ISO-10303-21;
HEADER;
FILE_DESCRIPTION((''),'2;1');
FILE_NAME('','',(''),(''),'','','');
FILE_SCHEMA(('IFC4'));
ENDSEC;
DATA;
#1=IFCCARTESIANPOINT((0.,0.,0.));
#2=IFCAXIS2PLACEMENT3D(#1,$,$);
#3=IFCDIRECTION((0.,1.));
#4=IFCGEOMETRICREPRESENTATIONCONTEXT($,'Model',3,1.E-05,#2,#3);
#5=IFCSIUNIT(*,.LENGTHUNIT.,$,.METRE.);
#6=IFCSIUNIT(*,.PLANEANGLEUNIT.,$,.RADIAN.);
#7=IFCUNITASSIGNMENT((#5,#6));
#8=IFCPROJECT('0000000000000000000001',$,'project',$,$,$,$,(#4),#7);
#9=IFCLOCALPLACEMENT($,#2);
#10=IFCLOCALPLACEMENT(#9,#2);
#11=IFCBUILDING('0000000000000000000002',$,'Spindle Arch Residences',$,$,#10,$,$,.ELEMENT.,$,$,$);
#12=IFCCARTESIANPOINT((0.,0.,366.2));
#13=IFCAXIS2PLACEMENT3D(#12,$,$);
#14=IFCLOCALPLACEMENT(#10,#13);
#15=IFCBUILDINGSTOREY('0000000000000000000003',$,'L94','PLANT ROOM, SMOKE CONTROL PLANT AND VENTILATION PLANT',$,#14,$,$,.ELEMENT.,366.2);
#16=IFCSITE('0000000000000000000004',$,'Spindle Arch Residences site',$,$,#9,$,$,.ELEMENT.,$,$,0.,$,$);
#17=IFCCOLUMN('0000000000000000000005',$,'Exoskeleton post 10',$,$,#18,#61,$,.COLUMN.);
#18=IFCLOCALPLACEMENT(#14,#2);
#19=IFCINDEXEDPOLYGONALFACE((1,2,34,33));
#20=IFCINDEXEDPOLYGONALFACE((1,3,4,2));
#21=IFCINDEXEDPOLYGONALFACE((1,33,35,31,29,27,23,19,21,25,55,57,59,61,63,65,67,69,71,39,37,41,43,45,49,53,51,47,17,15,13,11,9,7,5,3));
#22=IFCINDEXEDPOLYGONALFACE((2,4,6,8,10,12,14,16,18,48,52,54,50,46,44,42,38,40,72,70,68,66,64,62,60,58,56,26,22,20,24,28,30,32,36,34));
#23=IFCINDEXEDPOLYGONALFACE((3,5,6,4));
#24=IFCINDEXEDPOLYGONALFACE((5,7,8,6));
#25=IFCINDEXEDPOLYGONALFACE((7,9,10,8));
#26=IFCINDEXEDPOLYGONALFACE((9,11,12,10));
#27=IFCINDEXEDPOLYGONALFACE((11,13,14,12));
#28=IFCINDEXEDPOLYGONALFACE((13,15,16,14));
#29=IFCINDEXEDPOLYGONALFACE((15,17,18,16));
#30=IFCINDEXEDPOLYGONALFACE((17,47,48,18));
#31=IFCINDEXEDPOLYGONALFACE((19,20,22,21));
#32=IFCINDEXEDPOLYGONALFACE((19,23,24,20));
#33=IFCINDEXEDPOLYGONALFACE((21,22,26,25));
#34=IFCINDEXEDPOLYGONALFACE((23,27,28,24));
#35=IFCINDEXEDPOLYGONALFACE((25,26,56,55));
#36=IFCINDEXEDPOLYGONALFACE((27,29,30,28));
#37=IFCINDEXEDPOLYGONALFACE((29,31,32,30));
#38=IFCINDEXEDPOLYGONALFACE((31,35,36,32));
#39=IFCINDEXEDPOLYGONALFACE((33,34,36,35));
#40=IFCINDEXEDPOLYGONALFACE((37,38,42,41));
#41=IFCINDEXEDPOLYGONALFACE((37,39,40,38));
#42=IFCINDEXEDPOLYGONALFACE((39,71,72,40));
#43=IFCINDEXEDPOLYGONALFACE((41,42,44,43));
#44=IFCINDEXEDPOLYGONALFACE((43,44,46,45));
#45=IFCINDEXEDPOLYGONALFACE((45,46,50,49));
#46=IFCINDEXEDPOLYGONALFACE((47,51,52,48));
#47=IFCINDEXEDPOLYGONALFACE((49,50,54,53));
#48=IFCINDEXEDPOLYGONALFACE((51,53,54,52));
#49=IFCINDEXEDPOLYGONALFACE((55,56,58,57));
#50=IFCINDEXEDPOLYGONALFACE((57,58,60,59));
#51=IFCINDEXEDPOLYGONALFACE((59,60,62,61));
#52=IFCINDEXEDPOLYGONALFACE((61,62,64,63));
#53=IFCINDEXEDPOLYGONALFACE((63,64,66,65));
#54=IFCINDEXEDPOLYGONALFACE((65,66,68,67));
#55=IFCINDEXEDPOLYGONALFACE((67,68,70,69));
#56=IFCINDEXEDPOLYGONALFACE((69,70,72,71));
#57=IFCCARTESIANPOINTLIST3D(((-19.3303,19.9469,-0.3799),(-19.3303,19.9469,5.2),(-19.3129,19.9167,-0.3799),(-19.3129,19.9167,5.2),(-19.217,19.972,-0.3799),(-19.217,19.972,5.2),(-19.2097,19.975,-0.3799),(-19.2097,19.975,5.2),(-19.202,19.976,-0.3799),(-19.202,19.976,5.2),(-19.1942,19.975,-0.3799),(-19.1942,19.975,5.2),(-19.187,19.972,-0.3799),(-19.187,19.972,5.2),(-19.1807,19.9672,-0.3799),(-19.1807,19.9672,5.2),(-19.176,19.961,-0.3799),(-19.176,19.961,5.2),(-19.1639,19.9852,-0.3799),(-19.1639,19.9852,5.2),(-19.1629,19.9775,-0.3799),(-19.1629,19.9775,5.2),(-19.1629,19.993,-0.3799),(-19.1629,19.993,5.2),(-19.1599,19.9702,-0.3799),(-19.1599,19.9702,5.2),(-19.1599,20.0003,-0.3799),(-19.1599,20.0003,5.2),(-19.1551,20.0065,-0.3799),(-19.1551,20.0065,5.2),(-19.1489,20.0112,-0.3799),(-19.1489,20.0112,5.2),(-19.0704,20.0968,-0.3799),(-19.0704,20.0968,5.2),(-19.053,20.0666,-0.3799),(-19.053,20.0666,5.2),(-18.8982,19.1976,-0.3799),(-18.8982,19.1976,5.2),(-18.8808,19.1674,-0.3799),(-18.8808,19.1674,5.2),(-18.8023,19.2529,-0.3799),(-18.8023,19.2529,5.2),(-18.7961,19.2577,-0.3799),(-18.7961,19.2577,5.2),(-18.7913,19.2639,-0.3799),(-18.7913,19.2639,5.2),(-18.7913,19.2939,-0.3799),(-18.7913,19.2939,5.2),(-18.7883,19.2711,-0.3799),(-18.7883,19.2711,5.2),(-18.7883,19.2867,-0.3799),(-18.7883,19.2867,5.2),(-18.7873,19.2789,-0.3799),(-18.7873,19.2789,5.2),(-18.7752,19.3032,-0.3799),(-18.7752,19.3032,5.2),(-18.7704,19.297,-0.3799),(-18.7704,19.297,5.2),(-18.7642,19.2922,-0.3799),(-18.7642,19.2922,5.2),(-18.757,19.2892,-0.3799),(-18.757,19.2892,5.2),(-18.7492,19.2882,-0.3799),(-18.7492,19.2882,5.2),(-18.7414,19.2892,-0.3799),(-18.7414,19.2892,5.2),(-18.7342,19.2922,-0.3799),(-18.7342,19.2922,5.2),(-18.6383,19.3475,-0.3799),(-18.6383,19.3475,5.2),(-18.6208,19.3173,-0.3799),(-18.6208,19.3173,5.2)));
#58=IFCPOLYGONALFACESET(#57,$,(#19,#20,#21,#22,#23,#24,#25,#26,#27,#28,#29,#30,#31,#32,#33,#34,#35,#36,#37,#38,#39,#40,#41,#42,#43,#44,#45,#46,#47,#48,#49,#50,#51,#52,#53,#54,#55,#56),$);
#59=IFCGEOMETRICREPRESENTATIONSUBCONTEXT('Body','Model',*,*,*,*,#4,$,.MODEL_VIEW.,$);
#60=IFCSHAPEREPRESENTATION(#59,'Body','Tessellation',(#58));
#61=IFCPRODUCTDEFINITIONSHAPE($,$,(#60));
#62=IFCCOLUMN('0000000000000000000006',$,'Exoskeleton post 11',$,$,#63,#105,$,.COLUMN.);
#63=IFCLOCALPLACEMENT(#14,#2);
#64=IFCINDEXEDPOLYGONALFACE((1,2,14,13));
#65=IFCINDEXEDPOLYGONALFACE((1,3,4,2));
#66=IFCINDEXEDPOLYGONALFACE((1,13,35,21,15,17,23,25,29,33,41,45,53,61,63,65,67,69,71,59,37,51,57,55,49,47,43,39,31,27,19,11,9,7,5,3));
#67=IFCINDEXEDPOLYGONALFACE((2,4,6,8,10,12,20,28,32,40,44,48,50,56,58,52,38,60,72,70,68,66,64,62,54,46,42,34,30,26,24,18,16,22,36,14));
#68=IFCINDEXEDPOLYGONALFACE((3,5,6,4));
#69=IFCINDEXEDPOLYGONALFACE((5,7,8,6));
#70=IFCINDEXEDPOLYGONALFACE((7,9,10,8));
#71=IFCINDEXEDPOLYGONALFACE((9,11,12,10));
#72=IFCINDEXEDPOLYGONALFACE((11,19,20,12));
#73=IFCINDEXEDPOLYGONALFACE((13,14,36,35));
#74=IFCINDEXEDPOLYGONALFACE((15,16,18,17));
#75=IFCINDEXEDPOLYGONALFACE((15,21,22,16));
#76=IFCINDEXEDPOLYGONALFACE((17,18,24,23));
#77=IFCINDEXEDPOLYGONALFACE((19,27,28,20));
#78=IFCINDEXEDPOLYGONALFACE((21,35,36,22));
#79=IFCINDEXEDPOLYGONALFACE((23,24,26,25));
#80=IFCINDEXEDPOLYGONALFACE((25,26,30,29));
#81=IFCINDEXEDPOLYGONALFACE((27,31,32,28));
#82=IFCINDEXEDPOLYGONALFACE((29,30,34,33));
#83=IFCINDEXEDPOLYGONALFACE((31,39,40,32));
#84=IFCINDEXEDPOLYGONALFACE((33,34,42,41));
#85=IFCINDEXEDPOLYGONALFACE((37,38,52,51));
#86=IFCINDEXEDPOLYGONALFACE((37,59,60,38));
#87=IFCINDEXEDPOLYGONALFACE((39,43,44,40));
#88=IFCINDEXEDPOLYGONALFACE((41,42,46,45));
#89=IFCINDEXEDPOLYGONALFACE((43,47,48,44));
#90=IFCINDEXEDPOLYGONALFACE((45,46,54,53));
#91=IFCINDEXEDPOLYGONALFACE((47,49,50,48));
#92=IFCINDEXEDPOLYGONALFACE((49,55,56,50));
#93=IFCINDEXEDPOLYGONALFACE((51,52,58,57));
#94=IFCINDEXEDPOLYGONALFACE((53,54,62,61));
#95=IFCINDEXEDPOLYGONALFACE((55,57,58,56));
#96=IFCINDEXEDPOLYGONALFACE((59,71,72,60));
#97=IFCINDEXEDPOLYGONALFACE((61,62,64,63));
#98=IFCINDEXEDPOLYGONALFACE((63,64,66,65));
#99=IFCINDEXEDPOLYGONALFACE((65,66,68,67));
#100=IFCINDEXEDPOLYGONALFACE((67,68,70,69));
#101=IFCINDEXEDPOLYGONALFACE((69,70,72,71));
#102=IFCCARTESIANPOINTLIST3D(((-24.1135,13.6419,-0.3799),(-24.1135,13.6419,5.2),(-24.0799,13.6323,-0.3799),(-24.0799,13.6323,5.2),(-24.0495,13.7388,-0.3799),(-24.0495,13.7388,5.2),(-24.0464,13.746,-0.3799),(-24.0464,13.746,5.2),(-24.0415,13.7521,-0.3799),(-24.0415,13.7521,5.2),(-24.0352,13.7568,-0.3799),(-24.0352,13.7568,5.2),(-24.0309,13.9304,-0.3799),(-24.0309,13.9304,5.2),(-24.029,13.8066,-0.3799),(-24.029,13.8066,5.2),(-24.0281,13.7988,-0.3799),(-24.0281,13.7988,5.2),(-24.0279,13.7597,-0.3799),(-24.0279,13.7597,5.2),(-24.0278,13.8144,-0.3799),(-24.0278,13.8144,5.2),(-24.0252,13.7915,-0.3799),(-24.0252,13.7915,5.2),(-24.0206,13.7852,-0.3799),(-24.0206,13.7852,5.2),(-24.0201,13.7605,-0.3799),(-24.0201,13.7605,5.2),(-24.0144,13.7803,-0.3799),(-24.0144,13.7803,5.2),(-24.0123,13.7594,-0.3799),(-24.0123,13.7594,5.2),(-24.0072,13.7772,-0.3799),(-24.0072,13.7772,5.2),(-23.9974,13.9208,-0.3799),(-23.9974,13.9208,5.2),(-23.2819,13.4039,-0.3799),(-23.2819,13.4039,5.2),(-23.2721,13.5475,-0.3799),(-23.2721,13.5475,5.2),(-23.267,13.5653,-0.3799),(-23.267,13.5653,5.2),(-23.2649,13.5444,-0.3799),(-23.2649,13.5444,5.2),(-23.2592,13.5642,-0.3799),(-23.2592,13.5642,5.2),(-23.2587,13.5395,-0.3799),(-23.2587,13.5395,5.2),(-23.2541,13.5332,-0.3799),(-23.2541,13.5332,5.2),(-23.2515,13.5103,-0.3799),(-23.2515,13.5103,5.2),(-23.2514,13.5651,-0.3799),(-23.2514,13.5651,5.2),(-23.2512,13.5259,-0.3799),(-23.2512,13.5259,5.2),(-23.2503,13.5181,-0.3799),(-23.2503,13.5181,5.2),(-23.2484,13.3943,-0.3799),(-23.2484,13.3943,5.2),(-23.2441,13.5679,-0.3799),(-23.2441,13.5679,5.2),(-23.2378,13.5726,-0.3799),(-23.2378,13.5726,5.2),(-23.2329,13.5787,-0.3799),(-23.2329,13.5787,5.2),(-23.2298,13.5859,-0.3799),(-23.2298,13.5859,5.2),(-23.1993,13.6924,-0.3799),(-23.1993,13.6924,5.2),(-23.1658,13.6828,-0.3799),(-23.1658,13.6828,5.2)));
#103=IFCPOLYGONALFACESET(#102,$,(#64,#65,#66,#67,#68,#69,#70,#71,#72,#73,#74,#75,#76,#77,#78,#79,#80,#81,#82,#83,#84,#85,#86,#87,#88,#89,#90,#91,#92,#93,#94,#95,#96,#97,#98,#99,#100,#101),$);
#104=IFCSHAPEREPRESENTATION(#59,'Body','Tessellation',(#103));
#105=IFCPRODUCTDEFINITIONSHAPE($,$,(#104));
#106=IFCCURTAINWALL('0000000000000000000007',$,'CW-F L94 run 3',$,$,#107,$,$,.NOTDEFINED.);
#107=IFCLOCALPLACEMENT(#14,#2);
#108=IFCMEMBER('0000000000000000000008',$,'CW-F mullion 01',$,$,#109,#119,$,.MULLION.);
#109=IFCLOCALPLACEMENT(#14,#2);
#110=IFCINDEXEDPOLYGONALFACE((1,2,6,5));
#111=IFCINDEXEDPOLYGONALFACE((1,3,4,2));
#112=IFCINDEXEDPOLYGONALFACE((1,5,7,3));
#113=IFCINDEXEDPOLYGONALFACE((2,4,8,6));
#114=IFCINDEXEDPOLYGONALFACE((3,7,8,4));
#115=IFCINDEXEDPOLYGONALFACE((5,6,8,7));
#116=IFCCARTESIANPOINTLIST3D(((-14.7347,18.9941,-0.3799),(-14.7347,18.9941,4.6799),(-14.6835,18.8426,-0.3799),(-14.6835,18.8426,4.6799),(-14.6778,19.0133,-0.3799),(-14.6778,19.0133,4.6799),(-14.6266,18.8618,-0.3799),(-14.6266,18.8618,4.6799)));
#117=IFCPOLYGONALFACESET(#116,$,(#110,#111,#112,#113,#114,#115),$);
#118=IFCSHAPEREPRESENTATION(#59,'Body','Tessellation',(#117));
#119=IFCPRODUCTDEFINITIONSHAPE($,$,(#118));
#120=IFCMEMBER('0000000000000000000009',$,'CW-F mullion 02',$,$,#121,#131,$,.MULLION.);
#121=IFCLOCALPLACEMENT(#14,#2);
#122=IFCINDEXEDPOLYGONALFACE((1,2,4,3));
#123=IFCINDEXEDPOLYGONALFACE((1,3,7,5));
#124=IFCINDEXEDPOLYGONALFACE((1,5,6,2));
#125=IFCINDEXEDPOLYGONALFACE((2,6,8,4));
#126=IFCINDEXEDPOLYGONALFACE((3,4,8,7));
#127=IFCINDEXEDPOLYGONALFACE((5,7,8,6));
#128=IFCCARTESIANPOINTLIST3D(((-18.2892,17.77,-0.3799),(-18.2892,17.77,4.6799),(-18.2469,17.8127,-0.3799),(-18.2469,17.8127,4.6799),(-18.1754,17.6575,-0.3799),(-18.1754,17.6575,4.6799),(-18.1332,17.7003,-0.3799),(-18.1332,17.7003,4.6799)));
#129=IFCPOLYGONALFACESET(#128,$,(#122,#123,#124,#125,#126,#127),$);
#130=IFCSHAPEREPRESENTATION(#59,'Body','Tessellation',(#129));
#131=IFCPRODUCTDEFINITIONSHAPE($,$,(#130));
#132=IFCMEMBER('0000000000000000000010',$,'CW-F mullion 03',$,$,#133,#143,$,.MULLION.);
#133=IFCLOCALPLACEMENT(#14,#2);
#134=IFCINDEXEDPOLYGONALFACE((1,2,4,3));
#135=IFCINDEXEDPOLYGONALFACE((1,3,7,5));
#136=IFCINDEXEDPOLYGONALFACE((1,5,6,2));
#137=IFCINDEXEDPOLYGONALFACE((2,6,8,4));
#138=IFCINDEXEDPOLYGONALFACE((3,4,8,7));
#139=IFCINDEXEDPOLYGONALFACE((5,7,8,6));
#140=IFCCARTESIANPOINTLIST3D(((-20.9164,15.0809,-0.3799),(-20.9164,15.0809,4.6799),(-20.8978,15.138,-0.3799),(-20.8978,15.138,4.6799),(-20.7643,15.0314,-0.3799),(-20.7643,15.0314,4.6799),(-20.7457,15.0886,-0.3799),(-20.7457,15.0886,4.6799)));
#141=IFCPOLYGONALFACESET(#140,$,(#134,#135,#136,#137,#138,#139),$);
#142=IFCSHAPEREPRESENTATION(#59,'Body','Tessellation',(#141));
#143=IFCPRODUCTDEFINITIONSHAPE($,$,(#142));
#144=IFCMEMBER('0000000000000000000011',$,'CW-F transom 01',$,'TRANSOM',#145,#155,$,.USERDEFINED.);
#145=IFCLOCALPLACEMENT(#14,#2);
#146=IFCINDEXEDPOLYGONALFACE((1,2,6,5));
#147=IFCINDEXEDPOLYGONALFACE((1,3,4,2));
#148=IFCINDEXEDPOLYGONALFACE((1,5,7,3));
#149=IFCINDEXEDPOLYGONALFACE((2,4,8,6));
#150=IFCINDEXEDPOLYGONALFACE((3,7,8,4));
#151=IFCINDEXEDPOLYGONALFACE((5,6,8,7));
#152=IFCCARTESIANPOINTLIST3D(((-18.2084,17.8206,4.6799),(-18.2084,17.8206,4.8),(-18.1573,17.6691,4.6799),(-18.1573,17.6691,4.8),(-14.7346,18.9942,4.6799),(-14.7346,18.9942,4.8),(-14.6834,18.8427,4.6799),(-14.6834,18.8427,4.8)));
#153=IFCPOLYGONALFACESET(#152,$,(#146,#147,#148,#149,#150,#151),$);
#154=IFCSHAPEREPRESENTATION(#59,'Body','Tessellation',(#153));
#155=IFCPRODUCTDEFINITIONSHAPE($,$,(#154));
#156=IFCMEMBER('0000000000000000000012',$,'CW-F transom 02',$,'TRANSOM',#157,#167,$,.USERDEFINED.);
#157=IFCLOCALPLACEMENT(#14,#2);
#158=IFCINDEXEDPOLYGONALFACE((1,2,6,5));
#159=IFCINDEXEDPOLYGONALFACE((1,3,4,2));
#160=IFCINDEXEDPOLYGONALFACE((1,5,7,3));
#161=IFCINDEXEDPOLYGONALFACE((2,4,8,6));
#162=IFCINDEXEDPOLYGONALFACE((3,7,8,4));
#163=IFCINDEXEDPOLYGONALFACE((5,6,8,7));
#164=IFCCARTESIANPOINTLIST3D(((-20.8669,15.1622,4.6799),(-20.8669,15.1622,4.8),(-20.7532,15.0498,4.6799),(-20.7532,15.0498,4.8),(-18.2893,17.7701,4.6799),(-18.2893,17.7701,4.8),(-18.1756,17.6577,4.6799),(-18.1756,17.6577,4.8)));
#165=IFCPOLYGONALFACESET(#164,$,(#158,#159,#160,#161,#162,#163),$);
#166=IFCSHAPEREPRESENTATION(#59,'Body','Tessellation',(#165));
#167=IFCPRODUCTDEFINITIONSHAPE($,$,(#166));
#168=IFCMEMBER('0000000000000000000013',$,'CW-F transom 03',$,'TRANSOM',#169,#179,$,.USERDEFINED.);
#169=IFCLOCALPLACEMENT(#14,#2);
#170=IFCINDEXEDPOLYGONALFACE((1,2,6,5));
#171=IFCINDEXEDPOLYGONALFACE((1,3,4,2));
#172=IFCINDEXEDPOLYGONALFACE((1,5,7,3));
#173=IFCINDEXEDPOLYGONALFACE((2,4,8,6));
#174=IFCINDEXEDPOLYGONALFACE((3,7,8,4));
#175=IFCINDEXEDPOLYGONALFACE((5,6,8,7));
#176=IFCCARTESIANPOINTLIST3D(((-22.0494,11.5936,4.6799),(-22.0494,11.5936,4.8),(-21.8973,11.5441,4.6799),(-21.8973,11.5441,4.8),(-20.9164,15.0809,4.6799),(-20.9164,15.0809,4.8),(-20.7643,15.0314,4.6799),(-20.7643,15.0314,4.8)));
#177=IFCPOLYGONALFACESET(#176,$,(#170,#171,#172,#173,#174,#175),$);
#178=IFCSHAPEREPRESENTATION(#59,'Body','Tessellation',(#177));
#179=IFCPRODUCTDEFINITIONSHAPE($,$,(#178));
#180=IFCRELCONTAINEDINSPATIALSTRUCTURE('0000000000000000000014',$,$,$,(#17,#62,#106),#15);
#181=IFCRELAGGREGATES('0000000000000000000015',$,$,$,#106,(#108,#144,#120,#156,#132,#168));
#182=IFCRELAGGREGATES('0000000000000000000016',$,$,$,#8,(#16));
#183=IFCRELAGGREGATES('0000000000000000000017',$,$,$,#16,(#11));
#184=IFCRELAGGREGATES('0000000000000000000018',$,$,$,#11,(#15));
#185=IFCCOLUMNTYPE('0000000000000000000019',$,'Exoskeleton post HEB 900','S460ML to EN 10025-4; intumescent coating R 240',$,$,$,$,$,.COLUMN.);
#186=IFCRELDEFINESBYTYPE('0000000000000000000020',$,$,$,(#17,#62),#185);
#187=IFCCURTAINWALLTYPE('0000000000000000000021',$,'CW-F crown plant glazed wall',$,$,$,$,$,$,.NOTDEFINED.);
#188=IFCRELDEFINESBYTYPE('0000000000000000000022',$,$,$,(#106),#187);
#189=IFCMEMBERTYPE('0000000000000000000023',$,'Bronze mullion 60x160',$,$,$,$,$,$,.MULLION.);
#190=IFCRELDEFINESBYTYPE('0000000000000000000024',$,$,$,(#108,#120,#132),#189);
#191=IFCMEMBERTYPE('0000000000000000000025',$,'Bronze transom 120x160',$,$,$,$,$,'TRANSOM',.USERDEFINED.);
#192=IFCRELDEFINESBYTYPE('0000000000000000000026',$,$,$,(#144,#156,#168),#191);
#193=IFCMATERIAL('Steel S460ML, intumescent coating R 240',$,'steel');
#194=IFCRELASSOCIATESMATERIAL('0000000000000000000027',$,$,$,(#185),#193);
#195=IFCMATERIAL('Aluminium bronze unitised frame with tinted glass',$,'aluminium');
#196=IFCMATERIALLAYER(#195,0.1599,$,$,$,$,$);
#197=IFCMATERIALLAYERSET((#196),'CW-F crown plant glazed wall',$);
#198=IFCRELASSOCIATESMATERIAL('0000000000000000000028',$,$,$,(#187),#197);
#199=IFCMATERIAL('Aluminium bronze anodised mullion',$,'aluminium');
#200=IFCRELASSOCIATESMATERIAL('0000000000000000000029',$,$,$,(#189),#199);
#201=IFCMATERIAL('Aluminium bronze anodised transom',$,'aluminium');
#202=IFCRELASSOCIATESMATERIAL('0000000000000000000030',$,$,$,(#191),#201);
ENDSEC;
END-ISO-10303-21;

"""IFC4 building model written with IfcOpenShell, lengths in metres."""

from ifc_helpers import new_model, si_unit, direction, frame, origin, origin_2d, place, context, subcontext, project, spatial, rectangle, i_section, extrude, material, layer, layer_set, material_profile, profile_set, type_object, element, aggregate, save


model = new_model("IFC4")

# Units and contexts
model_context = context("Model", 3, precision=1e-05, world=origin(), true_north=direction((0.0, 1.0)))
body_context = subcontext(model_context, "Body", "Model", "MODEL_VIEW")
ifc_project = project(units=[si_unit("LENGTHUNIT", "METRE"), si_unit("PLANEANGLEUNIT", "RADIAN")], contexts=[model_context])

# Site, building, storey
site_placement = place(None, origin())
site = spatial("IfcSite", under=ifc_project, at=site_placement, Name="Spindle Arch Residences site", CompositionType="ELEMENT", RefElevation=0.0)
building_placement = place(site_placement, origin())
building = spatial("IfcBuilding", under=site, at=building_placement, Name="Spindle Arch Residences", CompositionType="ELEMENT")
storey_placement = place(building_placement, frame((0.0, 0.0, 366.2)))
storey = spatial("IfcBuildingStorey", under=building, at=storey_placement, Name="L94", Description="PLANT ROOM, SMOKE CONTROL PLANT AND VENTILATION PLANT", CompositionType="ELEMENT", Elevation=366.2)

# Columns
ifc_material_1 = material(Name="Steel S460ML, intumescent coating R 240", Category="steel")
ifc_material_profile_1 = material_profile(ifc_material_1, i_section(OverallWidth=0.3, OverallDepth=0.8999, WebThickness=0.0186, FlangeThickness=0.0349, FilletRadius=0.03, at=origin_2d()), Name="HEB 900")
ifc_profile_set_1 = profile_set([ifc_material_profile_1], Name="Steel S460ML, intumescent coating R 240")
column_type = type_object("IfcColumnType", Name="Exoskeleton post HEB 900", Description="S460ML to EN 10025-4; intumescent coating R 240", PredefinedType="COLUMN", material=ifc_profile_set_1)
for number, where, z_axis, x_axis, name in (
    (1, (-18.9756, 19.6321, -0.3799), (0.0, 0.0, 1.0), (0.866257, 0.499599, 0.0), "Exoskeleton post 10"),
    (2, (-23.6396, 13.6624, -0.3799), (0.0, 0.0, 1.0), (0.275193, 0.961389, 0.0), "Exoskeleton post 11"),
):
    element("IfcColumn", number, at=place(storey_placement, frame(where, z_axis=z_axis, x_axis=x_axis)), inside=storey, type_object=column_type, Name=name, PredefinedType="COLUMN", context=body_context, shape_type="SweptSolid", body=[
        extrude(i_section(OverallWidth=0.3, OverallDepth=0.8999, WebThickness=0.0186, FlangeThickness=0.0349, FilletRadius=0.03, at=origin_2d()), origin(), (0.0, 0.0, 1.0), 5.5798),
    ])

# Curtain wall, members
ifc_material_2 = material(Name="Aluminium bronze unitised frame with tinted glass", Category="aluminium")
ifc_layer_1 = layer(ifc_material_2, 0.1599)
ifc_layer_set_1 = layer_set([ifc_layer_1], Name="CW-F crown plant glazed wall")
curtain_wall_type = type_object("IfcCurtainWallType", Name="CW-F crown plant glazed wall", PredefinedType="NOTDEFINED", material=ifc_layer_set_1)
curtain_wall_placement = place(storey_placement, origin())
curtain_wall = element("IfcCurtainWall", 3, at=curtain_wall_placement, inside=storey, type_object=curtain_wall_type, Name="CW-F L94 run 3", PredefinedType="NOTDEFINED")
ifc_material_3 = material(Name="Aluminium bronze anodised mullion", Category="aluminium")
ifc_material_profile_2 = material_profile(ifc_material_3, rectangle(XDim=0.1599, YDim=0.0601, at=origin_2d()), Name="MU 60x160")
ifc_profile_set_2 = profile_set([ifc_material_profile_2], Name="Aluminium bronze anodised mullion")
member_type_1 = type_object("IfcMemberType", Name="Bronze mullion 60x160", PredefinedType="MULLION", material=ifc_profile_set_2)
member_1_placement = place(storey_placement, frame((-14.6807, 18.928, -0.3799), z_axis=(0.0, 0.0, 1.0), x_axis=(0.320062, -0.947397, 0.0)))
member_1 = element("IfcMember", 4, at=member_1_placement, type_object=member_type_1, Name="CW-F mullion 01", PredefinedType="MULLION", context=body_context, shape_type="SweptSolid", body=[
    extrude(rectangle(XDim=0.1599, YDim=0.0601, at=origin_2d()), origin(), (0.0, 0.0, 1.0), 5.0598),
])
member_2_placement = place(storey_placement, frame((-18.2112, 17.7351, -0.3799), z_axis=(0.0, 0.0, 1.0), x_axis=(0.711209, -0.702981, 0.0)))
member_2 = element("IfcMember", 5, at=member_2_placement, type_object=member_type_1, Name="CW-F mullion 02", PredefinedType="MULLION", context=body_context, shape_type="SweptSolid", body=[
    extrude(rectangle(XDim=0.1599, YDim=0.0601, at=origin_2d()), origin(), (0.0, 0.0, 1.0), 5.0598),
])
member_3_placement = place(storey_placement, frame((-20.8311, 15.0847, -0.3799), z_axis=(0.0, 0.0, 1.0), x_axis=(0.951057, -0.309017, 0.0)))
member_3 = element("IfcMember", 6, at=member_3_placement, type_object=member_type_1, Name="CW-F mullion 03", PredefinedType="MULLION", context=body_context, shape_type="SweptSolid", body=[
    extrude(rectangle(XDim=0.1599, YDim=0.0601, at=origin_2d()), origin(), (0.0, 0.0, 1.0), 5.0598),
])
ifc_material_4 = material(Name="Aluminium bronze anodised transom", Category="aluminium")
ifc_material_profile_3 = material_profile(ifc_material_4, rectangle(XDim=0.1599, YDim=0.1201, at=origin_2d()), Name="TR 120x160")
ifc_profile_set_3 = profile_set([ifc_material_profile_3], Name="Aluminium bronze anodised transom")
member_type_2 = type_object("IfcMemberType", Name="Bronze transom 120x160", ElementType="TRANSOM", PredefinedType="USERDEFINED", material=ifc_profile_set_3)
member_4_placement = place(storey_placement, frame((-14.709, 18.9185, 4.74), z_axis=(-0.947397, -0.32006, 0.0), x_axis=(0.32006, -0.947397, 0.0)))
member_4 = element("IfcMember", 7, at=member_4_placement, type_object=member_type_2, Name="CW-F transom 01", ObjectType="TRANSOM", PredefinedType="USERDEFINED", context=body_context, shape_type="SweptSolid", body=[
    extrude(rectangle(XDim=0.1599, YDim=0.1201, at=origin_2d()), origin(), (0.0, 0.0, 1.0), 3.6667),
])
member_5_placement = place(storey_placement, frame((-18.2324, 17.7139, 4.74), z_axis=(-0.702967, -0.711223, 0.0), x_axis=(0.711223, -0.702967, 0.0)))
member_5 = element("IfcMember", 8, at=member_5_placement, type_object=member_type_2, Name="CW-F transom 02", ObjectType="TRANSOM", PredefinedType="USERDEFINED", context=body_context, shape_type="SweptSolid", body=[
    extrude(rectangle(XDim=0.1599, YDim=0.1201, at=origin_2d()), origin(), (0.0, 0.0, 1.0), 3.6667),
])
member_6_placement = place(storey_placement, frame((-20.8403, 15.0562, 4.74), z_axis=(-0.309008, -0.95106, 0.0), x_axis=(0.95106, -0.309008, 0.0)))
member_6 = element("IfcMember", 9, at=member_6_placement, type_object=member_type_2, Name="CW-F transom 03", ObjectType="TRANSOM", PredefinedType="USERDEFINED", context=body_context, shape_type="SweptSolid", body=[
    extrude(rectangle(XDim=0.1599, YDim=0.1201, at=origin_2d()), origin(), (0.0, 0.0, 1.0), 3.6667),
])

aggregate(curtain_wall, [member_1, member_4, member_2, member_5, member_3, member_6])

save(model, "model.ifc")
